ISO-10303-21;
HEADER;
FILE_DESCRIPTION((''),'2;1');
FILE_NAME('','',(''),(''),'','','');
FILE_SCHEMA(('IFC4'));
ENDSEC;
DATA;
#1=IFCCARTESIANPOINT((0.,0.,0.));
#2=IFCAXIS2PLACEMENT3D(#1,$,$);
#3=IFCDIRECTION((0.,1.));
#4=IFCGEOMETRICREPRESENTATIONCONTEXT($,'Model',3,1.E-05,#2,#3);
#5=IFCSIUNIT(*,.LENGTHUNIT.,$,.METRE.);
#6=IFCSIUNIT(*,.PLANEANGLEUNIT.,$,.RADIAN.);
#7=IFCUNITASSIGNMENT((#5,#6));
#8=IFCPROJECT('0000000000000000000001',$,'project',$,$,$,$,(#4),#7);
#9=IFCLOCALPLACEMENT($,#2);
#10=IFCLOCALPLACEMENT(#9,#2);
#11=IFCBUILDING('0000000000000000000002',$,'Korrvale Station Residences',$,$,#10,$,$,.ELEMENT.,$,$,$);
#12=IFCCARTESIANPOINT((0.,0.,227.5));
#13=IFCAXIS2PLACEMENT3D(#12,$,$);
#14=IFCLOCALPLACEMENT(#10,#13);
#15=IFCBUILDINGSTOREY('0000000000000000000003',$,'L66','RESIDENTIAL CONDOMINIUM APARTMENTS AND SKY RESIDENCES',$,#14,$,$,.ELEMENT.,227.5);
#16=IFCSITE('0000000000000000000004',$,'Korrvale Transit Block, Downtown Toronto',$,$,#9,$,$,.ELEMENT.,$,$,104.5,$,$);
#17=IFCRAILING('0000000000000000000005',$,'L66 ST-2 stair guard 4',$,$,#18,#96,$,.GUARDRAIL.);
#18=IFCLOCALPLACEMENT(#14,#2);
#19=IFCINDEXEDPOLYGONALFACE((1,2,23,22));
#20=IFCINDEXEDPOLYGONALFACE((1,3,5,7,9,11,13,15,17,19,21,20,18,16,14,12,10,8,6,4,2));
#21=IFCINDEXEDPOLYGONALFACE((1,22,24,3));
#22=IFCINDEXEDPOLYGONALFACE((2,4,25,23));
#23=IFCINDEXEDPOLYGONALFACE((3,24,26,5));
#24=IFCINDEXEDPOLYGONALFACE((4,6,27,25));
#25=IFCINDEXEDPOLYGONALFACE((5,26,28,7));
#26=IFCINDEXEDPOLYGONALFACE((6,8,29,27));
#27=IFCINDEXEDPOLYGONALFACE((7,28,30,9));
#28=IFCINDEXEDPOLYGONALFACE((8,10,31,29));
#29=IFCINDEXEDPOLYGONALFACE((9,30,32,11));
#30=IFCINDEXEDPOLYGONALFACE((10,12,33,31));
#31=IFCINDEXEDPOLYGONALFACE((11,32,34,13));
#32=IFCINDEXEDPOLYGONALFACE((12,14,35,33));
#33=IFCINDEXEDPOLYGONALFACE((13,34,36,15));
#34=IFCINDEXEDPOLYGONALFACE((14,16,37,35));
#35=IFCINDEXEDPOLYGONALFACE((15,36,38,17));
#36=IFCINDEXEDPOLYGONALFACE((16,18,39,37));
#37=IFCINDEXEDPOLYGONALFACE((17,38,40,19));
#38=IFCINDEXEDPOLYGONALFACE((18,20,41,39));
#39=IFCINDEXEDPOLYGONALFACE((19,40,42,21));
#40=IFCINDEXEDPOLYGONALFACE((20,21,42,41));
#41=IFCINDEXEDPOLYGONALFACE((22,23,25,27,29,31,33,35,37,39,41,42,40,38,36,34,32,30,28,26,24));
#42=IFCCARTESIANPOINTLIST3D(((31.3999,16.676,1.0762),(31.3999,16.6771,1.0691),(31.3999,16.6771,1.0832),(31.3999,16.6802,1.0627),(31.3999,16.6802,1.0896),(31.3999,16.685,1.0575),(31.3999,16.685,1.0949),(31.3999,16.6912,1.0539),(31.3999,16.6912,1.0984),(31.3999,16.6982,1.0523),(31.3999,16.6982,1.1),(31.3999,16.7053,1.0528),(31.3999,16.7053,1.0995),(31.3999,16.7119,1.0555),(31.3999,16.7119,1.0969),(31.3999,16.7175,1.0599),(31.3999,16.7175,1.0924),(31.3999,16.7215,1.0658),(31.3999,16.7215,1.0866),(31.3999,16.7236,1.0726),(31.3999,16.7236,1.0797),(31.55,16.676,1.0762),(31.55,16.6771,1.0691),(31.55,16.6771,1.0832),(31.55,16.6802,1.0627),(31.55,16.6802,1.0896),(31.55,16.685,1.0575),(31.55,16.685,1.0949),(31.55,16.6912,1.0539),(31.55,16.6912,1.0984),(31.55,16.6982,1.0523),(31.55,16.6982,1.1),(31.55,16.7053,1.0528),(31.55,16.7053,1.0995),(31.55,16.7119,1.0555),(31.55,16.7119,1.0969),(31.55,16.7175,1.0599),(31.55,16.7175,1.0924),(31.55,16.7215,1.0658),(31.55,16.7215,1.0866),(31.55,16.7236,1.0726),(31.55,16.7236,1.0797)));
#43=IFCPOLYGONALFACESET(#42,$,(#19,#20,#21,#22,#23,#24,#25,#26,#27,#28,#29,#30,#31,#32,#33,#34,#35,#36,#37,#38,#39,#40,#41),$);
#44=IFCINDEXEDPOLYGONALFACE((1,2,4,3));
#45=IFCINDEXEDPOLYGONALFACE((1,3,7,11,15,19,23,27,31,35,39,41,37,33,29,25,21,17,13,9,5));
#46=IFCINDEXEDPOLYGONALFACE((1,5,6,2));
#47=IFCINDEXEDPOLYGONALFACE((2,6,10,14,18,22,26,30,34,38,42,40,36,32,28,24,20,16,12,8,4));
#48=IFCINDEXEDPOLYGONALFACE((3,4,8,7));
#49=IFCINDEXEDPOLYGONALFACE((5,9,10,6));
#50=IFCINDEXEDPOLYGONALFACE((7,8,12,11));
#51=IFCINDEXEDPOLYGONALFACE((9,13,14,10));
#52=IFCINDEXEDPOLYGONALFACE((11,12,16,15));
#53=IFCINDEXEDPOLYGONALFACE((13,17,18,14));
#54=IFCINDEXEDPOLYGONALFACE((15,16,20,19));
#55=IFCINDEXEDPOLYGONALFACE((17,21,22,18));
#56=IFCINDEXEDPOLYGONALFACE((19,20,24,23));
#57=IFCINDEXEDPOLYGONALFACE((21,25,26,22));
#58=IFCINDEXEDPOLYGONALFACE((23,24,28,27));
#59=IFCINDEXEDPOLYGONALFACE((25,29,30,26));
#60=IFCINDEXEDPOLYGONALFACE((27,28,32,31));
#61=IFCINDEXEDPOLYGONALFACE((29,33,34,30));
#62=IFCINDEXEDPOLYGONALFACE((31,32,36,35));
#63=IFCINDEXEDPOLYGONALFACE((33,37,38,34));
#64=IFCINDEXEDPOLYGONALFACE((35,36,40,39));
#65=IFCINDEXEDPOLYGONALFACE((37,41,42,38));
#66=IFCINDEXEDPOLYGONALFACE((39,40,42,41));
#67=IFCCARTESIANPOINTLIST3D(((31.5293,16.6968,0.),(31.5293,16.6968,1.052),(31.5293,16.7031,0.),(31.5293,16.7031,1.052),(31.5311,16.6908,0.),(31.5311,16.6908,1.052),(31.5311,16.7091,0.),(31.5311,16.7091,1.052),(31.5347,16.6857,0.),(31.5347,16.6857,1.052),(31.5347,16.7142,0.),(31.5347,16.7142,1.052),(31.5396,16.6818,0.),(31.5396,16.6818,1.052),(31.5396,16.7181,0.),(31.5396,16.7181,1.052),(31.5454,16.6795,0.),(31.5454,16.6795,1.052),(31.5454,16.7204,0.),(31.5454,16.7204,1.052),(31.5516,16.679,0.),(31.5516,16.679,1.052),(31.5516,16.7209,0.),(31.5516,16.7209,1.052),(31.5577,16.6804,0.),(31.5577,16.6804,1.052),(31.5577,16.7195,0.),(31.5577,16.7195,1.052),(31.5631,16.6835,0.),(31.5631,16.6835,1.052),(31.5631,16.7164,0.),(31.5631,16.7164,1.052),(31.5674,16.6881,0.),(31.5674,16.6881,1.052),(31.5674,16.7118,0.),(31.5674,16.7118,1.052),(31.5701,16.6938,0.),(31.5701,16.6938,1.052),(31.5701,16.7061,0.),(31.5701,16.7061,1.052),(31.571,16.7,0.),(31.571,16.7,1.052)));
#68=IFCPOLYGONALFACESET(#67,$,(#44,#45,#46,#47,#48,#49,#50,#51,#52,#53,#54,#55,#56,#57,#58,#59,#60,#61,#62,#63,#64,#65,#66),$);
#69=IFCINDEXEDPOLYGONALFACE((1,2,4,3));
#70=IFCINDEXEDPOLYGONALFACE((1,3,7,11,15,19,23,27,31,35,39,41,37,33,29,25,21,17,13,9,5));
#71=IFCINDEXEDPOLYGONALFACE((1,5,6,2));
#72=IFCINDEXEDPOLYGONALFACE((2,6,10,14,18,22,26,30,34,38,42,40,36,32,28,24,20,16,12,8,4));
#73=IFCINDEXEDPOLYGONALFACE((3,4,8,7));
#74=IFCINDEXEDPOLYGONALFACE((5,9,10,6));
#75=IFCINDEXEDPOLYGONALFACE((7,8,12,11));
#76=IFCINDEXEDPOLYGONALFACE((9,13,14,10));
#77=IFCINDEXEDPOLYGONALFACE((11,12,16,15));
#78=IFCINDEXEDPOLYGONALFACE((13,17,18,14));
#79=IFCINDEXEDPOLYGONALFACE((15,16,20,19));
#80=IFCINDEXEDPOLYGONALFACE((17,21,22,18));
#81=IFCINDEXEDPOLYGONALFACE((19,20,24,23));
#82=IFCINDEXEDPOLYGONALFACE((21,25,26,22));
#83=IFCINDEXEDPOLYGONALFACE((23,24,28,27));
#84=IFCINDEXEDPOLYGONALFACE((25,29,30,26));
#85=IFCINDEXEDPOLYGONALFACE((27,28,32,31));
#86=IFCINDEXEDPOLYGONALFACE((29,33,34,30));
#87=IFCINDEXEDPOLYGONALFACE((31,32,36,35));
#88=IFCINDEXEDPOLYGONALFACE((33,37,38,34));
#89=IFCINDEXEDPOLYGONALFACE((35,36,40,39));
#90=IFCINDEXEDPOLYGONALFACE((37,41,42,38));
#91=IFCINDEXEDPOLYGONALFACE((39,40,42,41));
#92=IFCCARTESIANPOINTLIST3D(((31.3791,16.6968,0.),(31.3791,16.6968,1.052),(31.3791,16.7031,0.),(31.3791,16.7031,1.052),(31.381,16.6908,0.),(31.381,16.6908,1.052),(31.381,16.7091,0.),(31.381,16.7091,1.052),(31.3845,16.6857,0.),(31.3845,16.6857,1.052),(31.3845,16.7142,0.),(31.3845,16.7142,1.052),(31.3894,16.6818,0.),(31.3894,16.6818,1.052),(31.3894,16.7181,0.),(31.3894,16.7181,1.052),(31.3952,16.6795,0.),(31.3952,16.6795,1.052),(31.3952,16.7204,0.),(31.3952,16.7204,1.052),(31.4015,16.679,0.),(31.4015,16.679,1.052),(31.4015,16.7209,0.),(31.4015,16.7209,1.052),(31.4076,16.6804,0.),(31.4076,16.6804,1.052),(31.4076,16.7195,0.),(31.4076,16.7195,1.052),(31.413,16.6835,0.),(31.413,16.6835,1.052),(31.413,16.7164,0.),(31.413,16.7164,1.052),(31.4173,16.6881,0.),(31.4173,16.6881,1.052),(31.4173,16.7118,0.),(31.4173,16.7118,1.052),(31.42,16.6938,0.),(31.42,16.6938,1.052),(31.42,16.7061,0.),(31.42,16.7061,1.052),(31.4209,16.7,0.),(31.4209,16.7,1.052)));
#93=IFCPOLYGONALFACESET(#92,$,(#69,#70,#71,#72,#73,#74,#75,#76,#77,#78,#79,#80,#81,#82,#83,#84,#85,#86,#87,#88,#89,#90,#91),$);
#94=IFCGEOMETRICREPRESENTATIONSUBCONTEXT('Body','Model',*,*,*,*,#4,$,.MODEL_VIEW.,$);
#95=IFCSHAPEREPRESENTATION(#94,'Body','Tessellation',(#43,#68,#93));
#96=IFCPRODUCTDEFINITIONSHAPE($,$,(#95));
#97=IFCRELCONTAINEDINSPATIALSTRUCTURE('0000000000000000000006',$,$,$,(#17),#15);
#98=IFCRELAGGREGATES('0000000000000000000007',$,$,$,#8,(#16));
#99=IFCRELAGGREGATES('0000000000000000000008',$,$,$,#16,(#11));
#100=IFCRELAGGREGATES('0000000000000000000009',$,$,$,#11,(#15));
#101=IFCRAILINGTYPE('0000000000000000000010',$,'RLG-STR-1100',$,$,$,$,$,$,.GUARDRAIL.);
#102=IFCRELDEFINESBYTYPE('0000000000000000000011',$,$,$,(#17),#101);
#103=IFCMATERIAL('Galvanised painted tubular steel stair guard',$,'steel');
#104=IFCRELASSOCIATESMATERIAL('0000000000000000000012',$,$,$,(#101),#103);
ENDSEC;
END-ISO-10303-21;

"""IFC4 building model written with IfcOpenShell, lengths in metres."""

from ifc_helpers import new_model, si_unit, direction, frame, origin, origin_2d, place, context, subcontext, project, spatial, circle, extrude, material, type_object, element, save


model = new_model("IFC4")

# Units and contexts
model_context = context("Model", 3, precision=1e-05, world=origin(), true_north=direction((0.0, 1.0)))
body_context = subcontext(model_context, "Body", "Model", "MODEL_VIEW")
ifc_project = project(units=[si_unit("LENGTHUNIT", "METRE"), si_unit("PLANEANGLEUNIT", "RADIAN")], contexts=[model_context])

# Site, building, storey
site_placement = place(None, origin())
site = spatial("IfcSite", under=ifc_project, at=site_placement, Name="Korrvale Transit Block, Downtown Toronto", CompositionType="ELEMENT", RefElevation=104.5)
building_placement = place(site_placement, origin())
building = spatial("IfcBuilding", under=site, at=building_placement, Name="Korrvale Station Residences", CompositionType="ELEMENT")
storey_placement = place(building_placement, frame((0.0, 0.0, 227.5)))
storey = spatial("IfcBuildingStorey", under=building, at=storey_placement, Name="L66", Description="RESIDENTIAL CONDOMINIUM APARTMENTS AND SKY RESIDENCES", CompositionType="ELEMENT", Elevation=227.5)

# Railing
ifc_material_1 = material(Name="Galvanised painted tubular steel stair guard", Category="steel")
railing_type_1 = type_object("IfcRailingType", Name="RLG-STR-1100", PredefinedType="GUARDRAIL", material=ifc_material_1)
railing_1_placement = place(storey_placement, frame((31.55, 16.7, 0.0)))
element("IfcRailing", 1, at=railing_1_placement, inside=storey, type_object=railing_type_1, Name="L66 ST-2 stair guard 4", PredefinedType="GUARDRAIL", context=body_context, shape_type="SweptSolid", body=[
    extrude(circle(Radius=0.0239, at=origin_2d()), frame((0.0, 0.0, 1.0762), z_axis=(-1.0, 0.0, 0.0), x_axis=(0.0, -1.0, 0.0)), (0.0, 0.0, 1.0), 0.1501),
    extrude(circle(Radius=0.021, at=origin_2d()), origin(), (0.0, 0.0, 1.0), 1.052),
    extrude(circle(Radius=0.021, at=origin_2d()), frame((-0.1501, 0.0, 0.0)), (0.0, 0.0, 1.0), 1.052),
])

save(model, "model.ifc")
